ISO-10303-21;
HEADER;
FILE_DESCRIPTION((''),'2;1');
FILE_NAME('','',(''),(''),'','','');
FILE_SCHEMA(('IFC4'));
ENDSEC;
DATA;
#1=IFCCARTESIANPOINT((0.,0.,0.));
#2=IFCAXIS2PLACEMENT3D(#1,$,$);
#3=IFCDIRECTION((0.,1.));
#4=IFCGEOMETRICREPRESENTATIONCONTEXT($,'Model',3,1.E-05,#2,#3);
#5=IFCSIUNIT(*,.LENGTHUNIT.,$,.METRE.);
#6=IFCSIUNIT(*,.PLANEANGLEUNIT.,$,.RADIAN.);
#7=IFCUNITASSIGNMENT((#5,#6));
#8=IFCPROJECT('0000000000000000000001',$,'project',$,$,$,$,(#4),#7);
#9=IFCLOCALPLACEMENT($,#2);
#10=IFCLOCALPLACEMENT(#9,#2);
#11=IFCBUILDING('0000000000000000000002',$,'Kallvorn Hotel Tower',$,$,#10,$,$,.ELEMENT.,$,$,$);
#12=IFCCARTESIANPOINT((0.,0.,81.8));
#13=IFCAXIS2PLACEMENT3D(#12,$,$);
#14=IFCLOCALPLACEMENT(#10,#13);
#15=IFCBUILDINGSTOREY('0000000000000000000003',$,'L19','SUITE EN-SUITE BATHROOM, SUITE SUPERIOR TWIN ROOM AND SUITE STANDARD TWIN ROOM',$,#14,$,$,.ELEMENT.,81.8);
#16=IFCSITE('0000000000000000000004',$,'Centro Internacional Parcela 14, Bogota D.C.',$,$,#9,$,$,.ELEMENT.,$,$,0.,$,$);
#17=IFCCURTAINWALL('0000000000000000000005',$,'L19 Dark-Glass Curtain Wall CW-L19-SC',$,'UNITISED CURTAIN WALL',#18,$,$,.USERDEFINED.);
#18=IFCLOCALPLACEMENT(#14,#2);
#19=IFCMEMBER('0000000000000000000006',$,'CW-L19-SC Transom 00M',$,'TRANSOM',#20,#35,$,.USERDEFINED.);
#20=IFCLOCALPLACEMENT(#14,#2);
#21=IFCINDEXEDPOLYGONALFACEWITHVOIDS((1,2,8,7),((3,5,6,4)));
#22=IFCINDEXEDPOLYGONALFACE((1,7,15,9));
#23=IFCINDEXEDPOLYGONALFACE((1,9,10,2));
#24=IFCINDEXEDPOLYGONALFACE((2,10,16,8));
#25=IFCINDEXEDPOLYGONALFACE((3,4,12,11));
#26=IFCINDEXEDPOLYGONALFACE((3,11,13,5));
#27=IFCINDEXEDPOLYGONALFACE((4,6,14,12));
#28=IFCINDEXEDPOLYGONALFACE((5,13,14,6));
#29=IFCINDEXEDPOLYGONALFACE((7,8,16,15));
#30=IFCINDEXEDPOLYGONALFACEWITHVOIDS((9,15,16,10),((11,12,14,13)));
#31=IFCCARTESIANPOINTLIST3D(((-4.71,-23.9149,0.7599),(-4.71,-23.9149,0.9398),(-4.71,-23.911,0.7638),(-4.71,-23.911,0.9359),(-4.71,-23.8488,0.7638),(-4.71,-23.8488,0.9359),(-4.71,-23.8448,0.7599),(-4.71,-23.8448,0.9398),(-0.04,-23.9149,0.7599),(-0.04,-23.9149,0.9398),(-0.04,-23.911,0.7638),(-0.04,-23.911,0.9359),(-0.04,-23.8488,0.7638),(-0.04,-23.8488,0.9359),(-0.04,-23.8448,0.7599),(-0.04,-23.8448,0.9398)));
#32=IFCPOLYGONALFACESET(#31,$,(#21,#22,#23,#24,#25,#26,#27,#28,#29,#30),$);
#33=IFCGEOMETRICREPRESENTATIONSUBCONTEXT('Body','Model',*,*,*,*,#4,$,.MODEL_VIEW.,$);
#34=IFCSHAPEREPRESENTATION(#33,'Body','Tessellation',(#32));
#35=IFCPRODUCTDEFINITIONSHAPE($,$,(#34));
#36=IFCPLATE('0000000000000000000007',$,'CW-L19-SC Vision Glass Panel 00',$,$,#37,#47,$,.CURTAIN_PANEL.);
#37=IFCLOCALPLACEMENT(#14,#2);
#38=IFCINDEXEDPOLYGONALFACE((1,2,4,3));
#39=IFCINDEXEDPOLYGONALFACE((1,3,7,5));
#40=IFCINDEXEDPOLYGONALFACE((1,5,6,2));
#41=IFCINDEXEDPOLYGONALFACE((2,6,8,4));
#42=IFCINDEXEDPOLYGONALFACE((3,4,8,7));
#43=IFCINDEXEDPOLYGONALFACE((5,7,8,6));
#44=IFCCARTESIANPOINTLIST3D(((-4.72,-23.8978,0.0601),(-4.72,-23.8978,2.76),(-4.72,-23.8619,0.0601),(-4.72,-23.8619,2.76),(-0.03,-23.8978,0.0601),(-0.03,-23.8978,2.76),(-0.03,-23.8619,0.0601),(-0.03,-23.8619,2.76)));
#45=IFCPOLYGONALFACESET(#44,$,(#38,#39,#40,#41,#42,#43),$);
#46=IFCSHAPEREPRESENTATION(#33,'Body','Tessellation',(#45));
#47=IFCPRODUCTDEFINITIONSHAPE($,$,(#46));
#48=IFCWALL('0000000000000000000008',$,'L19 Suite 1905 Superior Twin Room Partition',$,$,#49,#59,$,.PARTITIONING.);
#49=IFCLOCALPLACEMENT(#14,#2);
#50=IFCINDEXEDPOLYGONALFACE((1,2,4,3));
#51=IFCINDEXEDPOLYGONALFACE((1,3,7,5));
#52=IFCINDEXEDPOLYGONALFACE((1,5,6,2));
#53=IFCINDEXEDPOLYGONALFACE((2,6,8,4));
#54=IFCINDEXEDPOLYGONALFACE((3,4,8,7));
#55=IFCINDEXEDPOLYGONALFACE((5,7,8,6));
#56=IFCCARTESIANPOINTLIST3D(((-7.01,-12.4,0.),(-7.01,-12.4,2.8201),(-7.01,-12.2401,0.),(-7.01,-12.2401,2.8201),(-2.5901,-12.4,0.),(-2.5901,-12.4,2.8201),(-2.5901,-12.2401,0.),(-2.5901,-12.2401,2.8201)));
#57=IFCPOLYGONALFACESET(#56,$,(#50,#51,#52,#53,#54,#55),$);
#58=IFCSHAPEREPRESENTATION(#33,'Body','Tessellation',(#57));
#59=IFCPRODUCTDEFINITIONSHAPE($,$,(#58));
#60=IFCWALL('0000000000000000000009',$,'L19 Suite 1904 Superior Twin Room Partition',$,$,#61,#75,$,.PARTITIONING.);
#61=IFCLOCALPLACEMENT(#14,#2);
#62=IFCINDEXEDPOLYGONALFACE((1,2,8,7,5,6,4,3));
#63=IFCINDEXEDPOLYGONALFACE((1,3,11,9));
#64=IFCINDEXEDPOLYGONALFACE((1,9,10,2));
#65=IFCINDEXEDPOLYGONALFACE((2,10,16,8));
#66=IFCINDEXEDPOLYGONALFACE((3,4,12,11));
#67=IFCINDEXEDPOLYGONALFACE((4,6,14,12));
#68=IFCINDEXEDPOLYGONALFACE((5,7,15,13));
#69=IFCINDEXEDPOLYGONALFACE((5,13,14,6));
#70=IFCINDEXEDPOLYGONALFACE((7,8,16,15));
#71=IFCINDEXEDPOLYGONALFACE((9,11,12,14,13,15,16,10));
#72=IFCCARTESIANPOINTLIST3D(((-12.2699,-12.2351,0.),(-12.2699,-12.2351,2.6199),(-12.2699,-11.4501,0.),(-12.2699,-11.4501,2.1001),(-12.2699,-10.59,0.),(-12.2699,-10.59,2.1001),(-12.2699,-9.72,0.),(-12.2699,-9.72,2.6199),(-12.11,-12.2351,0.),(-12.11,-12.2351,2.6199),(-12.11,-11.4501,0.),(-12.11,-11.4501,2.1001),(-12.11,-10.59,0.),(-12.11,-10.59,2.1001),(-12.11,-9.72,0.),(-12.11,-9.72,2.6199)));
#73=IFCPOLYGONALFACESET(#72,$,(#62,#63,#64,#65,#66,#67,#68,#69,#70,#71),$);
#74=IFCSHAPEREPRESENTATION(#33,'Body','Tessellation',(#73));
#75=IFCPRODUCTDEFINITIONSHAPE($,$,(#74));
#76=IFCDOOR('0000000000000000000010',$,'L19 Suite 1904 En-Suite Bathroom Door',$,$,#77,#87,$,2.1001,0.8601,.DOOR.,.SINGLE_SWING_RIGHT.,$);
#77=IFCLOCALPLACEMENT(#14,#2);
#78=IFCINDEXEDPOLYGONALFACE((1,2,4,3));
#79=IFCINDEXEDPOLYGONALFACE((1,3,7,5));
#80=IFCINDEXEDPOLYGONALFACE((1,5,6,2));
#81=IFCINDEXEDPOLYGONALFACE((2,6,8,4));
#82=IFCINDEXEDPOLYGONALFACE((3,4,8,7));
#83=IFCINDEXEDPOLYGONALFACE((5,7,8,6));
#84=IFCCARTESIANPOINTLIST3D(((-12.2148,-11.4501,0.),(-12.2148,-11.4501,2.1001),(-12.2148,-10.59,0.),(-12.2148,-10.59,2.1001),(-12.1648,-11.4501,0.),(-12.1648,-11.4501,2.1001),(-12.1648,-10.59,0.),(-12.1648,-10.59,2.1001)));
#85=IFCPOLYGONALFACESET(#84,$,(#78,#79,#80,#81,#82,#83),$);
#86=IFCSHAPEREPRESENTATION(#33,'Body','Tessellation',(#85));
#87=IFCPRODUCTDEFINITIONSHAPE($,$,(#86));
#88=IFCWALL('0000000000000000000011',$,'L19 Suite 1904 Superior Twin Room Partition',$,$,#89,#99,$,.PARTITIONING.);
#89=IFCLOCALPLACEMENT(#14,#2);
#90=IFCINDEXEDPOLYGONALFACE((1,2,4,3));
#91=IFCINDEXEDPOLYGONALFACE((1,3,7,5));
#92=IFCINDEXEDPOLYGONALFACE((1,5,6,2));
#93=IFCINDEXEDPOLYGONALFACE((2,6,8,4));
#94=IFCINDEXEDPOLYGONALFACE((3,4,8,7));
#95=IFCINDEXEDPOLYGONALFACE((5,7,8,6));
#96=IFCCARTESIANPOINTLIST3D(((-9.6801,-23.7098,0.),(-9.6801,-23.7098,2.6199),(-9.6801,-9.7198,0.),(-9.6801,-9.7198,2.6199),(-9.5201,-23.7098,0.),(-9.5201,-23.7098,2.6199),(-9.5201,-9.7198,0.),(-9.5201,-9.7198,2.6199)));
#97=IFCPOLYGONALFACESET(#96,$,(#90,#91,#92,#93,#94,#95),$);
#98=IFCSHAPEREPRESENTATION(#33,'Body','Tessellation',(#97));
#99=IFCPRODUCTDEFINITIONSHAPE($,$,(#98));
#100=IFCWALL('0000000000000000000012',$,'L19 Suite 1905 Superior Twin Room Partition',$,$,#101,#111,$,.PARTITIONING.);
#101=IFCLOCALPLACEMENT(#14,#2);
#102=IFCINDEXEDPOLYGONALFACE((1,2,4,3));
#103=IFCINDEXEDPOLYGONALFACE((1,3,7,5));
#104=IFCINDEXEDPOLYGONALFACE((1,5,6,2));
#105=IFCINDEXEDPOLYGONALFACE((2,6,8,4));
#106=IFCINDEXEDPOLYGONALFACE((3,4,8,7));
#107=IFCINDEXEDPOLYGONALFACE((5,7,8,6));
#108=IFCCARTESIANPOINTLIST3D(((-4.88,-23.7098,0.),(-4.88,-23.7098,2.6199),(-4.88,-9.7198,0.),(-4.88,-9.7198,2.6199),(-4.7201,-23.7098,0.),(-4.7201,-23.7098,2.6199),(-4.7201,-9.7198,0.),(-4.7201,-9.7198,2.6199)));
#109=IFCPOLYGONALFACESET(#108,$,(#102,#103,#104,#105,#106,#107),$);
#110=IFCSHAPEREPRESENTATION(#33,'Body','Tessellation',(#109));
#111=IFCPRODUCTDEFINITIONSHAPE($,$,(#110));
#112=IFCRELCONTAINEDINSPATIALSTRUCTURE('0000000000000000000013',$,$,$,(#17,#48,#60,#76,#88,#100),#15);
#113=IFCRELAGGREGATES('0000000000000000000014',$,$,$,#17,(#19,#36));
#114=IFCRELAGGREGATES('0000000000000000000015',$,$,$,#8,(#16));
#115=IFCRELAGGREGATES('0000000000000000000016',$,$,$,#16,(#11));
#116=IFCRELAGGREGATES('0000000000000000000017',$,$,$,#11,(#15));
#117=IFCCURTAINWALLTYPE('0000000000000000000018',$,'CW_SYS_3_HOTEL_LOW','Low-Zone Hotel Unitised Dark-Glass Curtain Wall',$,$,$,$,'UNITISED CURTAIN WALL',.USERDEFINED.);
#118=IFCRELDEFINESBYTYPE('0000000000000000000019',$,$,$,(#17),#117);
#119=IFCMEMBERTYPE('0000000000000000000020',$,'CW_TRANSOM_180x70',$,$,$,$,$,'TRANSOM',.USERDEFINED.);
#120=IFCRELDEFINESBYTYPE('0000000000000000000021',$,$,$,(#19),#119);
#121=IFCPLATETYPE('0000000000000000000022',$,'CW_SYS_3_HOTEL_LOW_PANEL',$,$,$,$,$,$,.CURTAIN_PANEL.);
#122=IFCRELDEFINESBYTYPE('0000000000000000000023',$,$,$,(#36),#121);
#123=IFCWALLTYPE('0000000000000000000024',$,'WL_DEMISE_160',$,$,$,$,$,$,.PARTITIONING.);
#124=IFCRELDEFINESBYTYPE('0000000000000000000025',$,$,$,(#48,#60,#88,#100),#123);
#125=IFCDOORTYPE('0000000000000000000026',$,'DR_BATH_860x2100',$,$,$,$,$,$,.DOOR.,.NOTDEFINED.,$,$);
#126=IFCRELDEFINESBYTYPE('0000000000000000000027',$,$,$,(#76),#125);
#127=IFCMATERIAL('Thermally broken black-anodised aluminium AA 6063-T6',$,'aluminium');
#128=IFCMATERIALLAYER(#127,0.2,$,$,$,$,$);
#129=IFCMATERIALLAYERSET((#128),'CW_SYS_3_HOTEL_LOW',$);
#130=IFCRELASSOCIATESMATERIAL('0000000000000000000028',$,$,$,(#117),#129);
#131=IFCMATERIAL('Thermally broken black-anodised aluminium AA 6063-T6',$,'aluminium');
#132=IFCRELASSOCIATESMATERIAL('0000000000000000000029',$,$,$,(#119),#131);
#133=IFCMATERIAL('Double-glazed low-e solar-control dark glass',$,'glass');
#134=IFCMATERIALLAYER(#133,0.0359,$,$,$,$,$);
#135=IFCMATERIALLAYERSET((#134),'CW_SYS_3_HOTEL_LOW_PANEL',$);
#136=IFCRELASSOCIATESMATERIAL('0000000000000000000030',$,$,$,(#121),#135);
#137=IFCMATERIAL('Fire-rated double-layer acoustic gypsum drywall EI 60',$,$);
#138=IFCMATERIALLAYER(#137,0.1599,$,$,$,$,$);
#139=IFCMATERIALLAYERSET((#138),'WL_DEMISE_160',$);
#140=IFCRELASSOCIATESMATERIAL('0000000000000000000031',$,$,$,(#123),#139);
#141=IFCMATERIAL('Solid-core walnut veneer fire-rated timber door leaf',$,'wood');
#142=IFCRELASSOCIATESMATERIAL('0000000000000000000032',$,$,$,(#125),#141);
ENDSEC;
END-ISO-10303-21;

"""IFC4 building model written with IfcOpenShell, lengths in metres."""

from ifc_helpers import new_model, si_unit, direction, frame, frame_2d, origin, origin_2d, place, context, subcontext, project, spatial, rectangle, hollow_rectangle, extrude, material, layer, layer_set, material_profile, profile_set, type_object, element, fill, aggregate, save


model = new_model("IFC4")

# Units and contexts
model_context = context("Model", 3, precision=1e-05, world=origin(), true_north=direction((0.0, 1.0)))
body_context = subcontext(model_context, "Body", "Model", "MODEL_VIEW")
ifc_project = project(units=[si_unit("LENGTHUNIT", "METRE"), si_unit("PLANEANGLEUNIT", "RADIAN")], contexts=[model_context])

# Site, building, storey
site_placement = place(None, origin())
site = spatial("IfcSite", under=ifc_project, at=site_placement, Name="Centro Internacional Parcela 14, Bogota D.C.", CompositionType="ELEMENT", RefElevation=0.0)
building_placement = place(site_placement, origin())
building = spatial("IfcBuilding", under=site, at=building_placement, Name="Kallvorn Hotel Tower", CompositionType="ELEMENT")
storey_placement = place(building_placement, frame((0.0, 0.0, 81.8)))
storey = spatial("IfcBuildingStorey", under=building, at=storey_placement, Name="L19", Description="SUITE EN-SUITE BATHROOM, SUITE SUPERIOR TWIN ROOM AND SUITE STANDARD TWIN ROOM", CompositionType="ELEMENT", Elevation=81.8)

# Curtain wall, member, plate
ifc_material_1 = material(Name="Thermally broken black-anodised aluminium AA 6063-T6", Category="aluminium")
ifc_layer_1 = layer(ifc_material_1, 0.2)
ifc_layer_set_1 = layer_set([ifc_layer_1], Name="CW_SYS_3_HOTEL_LOW")
curtain_wall_type = type_object("IfcCurtainWallType", Name="CW_SYS_3_HOTEL_LOW", Description="Low-Zone Hotel Unitised Dark-Glass Curtain Wall", ElementType="UNITISED CURTAIN WALL", PredefinedType="USERDEFINED", material=ifc_layer_set_1)
curtain_wall_placement = place(storey_placement, origin())
curtain_wall = element("IfcCurtainWall", 1, at=curtain_wall_placement, inside=storey, type_object=curtain_wall_type, Name="L19 Dark-Glass Curtain Wall CW-L19-SC", ObjectType="UNITISED CURTAIN WALL", PredefinedType="USERDEFINED")
ifc_material_2 = material(Name="Thermally broken black-anodised aluminium AA 6063-T6", Category="aluminium")
ifc_material_profile_1 = material_profile(ifc_material_2, hollow_rectangle(XDim=0.0701, YDim=0.1799, WallThickness=0.0039, at=origin_2d()), Name="TRN 180x70")
ifc_profile_set_1 = profile_set([ifc_material_profile_1], Name="Thermally broken black-anodised aluminium AA 6063-T6")
member_type_1 = type_object("IfcMemberType", Name="CW_TRANSOM_180x70", ElementType="TRANSOM", PredefinedType="USERDEFINED", material=ifc_profile_set_1)
member_1_placement = place(storey_placement, frame((-4.71, -23.8799, 0.8499), z_axis=(1.0, 0.0, 0.0), x_axis=(0.0, 1.0, 0.0)))
member_1 = element("IfcMember", 2, at=member_1_placement, type_object=member_type_1, Name="CW-L19-SC Transom 00M", ObjectType="TRANSOM", PredefinedType="USERDEFINED", context=body_context, shape_type="SweptSolid", body=[
    extrude(hollow_rectangle(XDim=0.0701, YDim=0.1799, WallThickness=0.0039, at=origin_2d()), origin(), (0.0, 0.0, 1.0), 4.6699),
])
ifc_material_3 = material(Name="Double-glazed low-e solar-control dark glass", Category="glass")
ifc_layer_2 = layer(ifc_material_3, 0.0359)
ifc_layer_set_2 = layer_set([ifc_layer_2], Name="CW_SYS_3_HOTEL_LOW_PANEL")
plate_type = type_object("IfcPlateType", Name="CW_SYS_3_HOTEL_LOW_PANEL", PredefinedType="CURTAIN_PANEL", material=ifc_layer_set_2)
plate_placement = place(storey_placement, frame((-2.375, -23.8799, 0.0601), z_axis=(0.0, 0.0, 1.0), x_axis=(1.0, 0.0, 0.0)))
plate = element("IfcPlate", 3, at=plate_placement, type_object=plate_type, Name="CW-L19-SC Vision Glass Panel 00", PredefinedType="CURTAIN_PANEL", context=body_context, shape_type="SweptSolid", body=[
    extrude(rectangle(XDim=4.6899, YDim=0.0359, at=origin_2d()), origin(), (0.0, 0.0, 1.0), 2.7),
])
aggregate(curtain_wall, [member_1, plate])

# Wall
ifc_material_4 = material(Name="Fire-rated double-layer acoustic gypsum drywall EI 60")
ifc_layer_3 = layer(ifc_material_4, 0.1599)
ifc_layer_set_3 = layer_set([ifc_layer_3], Name="WL_DEMISE_160")
wall_type = type_object("IfcWallType", Name="WL_DEMISE_160", PredefinedType="PARTITIONING", material=ifc_layer_set_3)
wall_1_placement = place(storey_placement, frame((-7.01, -12.3201, 0.0), z_axis=(0.0, 0.0, 1.0), x_axis=(1.0, 0.0, 0.0)))
element("IfcWall", 4, at=wall_1_placement, inside=storey, type_object=wall_type, Name="L19 Suite 1905 Superior Twin Room Partition", PredefinedType="PARTITIONING", context=body_context, shape_type="SweptSolid", body=[
    extrude(rectangle(XDim=4.4199, YDim=0.1599, at=frame_2d((2.21, 0.0))), origin(), (0.0, 0.0, 1.0), 2.8201),
])

# Wall, opening, door
wall_2_placement = place(storey_placement, frame((-12.1899, -12.2351, 0.0), z_axis=(0.0, 0.0, 1.0), x_axis=(0.0, 1.0, 0.0)))
wall_2 = element("IfcWall", 5, at=wall_2_placement, inside=storey, type_object=wall_type, Name="L19 Suite 1904 Superior Twin Room Partition", PredefinedType="PARTITIONING", context=body_context, shape_type="SweptSolid", body=[
    extrude(rectangle(XDim=2.5151, YDim=0.1599, at=frame_2d((1.2576, 0.0))), origin(), (0.0, 0.0, 1.0), 2.6199),
])
opening_placement = place(wall_2_placement, frame((0.7849, 0.0, 0.0)))
opening = element("IfcOpeningElement", 6, at=opening_placement, cuts=wall_2, PredefinedType="OPENING", context=body_context, shape_type="SweptSolid", body=[
    extrude(rectangle(XDim=0.8601, YDim=2.1001, at=frame_2d((0.4302, 1.05))), frame((0.0, 0.095, 0.0), z_axis=(0.0, -1.0, 0.0), x_axis=(1.0, 0.0, 0.0)), (0.0, 0.0, 1.0), 0.1899),
])
ifc_material_5 = material(Name="Solid-core walnut veneer fire-rated timber door leaf", Category="wood")
door_type = type_object("IfcDoorType", Name="DR_BATH_860x2100", OperationType="NOTDEFINED", PredefinedType="DOOR", material=ifc_material_5)
door_placement = place(opening_placement, origin())
door = element("IfcDoor", 7, at=door_placement, inside=storey, type_object=door_type, Name="L19 Suite 1904 En-Suite Bathroom Door", OperationType="SINGLE_SWING_RIGHT", OverallHeight=2.1001, OverallWidth=0.8601, PredefinedType="DOOR", context=body_context, shape_type="SweptSolid", body=[
    extrude(rectangle(XDim=0.8601, YDim=2.1001, at=frame_2d((0.4302, 1.05))), frame((0.0, 0.0249, 0.0), z_axis=(0.0, -1.0, 0.0), x_axis=(1.0, 0.0, 0.0)), (0.0, 0.0, 1.0), 0.05),
])
fill(opening, door)

# Walls
for number, where, z_axis, x_axis, name in (
    (8, (-9.6001, -23.71, 0.0), (0.0, 0.0, 1.0), (0.0, 1.0, 0.0), "L19 Suite 1904 Superior Twin Room Partition"),
    (9, (-4.8, -23.71, 0.0), (0.0, 0.0, 1.0), (0.0, 1.0, 0.0), "L19 Suite 1905 Superior Twin Room Partition"),
):
    element("IfcWall", number, at=place(storey_placement, frame(where, z_axis=z_axis, x_axis=x_axis)), inside=storey, type_object=wall_type, Name=name, PredefinedType="PARTITIONING", context=body_context, shape_type="SweptSolid", body=[
        extrude(rectangle(XDim=13.99, YDim=0.1599, at=frame_2d((6.9951, 0.0))), origin(), (0.0, 0.0, 1.0), 2.6199),
    ])

save(model, "model.ifc")
